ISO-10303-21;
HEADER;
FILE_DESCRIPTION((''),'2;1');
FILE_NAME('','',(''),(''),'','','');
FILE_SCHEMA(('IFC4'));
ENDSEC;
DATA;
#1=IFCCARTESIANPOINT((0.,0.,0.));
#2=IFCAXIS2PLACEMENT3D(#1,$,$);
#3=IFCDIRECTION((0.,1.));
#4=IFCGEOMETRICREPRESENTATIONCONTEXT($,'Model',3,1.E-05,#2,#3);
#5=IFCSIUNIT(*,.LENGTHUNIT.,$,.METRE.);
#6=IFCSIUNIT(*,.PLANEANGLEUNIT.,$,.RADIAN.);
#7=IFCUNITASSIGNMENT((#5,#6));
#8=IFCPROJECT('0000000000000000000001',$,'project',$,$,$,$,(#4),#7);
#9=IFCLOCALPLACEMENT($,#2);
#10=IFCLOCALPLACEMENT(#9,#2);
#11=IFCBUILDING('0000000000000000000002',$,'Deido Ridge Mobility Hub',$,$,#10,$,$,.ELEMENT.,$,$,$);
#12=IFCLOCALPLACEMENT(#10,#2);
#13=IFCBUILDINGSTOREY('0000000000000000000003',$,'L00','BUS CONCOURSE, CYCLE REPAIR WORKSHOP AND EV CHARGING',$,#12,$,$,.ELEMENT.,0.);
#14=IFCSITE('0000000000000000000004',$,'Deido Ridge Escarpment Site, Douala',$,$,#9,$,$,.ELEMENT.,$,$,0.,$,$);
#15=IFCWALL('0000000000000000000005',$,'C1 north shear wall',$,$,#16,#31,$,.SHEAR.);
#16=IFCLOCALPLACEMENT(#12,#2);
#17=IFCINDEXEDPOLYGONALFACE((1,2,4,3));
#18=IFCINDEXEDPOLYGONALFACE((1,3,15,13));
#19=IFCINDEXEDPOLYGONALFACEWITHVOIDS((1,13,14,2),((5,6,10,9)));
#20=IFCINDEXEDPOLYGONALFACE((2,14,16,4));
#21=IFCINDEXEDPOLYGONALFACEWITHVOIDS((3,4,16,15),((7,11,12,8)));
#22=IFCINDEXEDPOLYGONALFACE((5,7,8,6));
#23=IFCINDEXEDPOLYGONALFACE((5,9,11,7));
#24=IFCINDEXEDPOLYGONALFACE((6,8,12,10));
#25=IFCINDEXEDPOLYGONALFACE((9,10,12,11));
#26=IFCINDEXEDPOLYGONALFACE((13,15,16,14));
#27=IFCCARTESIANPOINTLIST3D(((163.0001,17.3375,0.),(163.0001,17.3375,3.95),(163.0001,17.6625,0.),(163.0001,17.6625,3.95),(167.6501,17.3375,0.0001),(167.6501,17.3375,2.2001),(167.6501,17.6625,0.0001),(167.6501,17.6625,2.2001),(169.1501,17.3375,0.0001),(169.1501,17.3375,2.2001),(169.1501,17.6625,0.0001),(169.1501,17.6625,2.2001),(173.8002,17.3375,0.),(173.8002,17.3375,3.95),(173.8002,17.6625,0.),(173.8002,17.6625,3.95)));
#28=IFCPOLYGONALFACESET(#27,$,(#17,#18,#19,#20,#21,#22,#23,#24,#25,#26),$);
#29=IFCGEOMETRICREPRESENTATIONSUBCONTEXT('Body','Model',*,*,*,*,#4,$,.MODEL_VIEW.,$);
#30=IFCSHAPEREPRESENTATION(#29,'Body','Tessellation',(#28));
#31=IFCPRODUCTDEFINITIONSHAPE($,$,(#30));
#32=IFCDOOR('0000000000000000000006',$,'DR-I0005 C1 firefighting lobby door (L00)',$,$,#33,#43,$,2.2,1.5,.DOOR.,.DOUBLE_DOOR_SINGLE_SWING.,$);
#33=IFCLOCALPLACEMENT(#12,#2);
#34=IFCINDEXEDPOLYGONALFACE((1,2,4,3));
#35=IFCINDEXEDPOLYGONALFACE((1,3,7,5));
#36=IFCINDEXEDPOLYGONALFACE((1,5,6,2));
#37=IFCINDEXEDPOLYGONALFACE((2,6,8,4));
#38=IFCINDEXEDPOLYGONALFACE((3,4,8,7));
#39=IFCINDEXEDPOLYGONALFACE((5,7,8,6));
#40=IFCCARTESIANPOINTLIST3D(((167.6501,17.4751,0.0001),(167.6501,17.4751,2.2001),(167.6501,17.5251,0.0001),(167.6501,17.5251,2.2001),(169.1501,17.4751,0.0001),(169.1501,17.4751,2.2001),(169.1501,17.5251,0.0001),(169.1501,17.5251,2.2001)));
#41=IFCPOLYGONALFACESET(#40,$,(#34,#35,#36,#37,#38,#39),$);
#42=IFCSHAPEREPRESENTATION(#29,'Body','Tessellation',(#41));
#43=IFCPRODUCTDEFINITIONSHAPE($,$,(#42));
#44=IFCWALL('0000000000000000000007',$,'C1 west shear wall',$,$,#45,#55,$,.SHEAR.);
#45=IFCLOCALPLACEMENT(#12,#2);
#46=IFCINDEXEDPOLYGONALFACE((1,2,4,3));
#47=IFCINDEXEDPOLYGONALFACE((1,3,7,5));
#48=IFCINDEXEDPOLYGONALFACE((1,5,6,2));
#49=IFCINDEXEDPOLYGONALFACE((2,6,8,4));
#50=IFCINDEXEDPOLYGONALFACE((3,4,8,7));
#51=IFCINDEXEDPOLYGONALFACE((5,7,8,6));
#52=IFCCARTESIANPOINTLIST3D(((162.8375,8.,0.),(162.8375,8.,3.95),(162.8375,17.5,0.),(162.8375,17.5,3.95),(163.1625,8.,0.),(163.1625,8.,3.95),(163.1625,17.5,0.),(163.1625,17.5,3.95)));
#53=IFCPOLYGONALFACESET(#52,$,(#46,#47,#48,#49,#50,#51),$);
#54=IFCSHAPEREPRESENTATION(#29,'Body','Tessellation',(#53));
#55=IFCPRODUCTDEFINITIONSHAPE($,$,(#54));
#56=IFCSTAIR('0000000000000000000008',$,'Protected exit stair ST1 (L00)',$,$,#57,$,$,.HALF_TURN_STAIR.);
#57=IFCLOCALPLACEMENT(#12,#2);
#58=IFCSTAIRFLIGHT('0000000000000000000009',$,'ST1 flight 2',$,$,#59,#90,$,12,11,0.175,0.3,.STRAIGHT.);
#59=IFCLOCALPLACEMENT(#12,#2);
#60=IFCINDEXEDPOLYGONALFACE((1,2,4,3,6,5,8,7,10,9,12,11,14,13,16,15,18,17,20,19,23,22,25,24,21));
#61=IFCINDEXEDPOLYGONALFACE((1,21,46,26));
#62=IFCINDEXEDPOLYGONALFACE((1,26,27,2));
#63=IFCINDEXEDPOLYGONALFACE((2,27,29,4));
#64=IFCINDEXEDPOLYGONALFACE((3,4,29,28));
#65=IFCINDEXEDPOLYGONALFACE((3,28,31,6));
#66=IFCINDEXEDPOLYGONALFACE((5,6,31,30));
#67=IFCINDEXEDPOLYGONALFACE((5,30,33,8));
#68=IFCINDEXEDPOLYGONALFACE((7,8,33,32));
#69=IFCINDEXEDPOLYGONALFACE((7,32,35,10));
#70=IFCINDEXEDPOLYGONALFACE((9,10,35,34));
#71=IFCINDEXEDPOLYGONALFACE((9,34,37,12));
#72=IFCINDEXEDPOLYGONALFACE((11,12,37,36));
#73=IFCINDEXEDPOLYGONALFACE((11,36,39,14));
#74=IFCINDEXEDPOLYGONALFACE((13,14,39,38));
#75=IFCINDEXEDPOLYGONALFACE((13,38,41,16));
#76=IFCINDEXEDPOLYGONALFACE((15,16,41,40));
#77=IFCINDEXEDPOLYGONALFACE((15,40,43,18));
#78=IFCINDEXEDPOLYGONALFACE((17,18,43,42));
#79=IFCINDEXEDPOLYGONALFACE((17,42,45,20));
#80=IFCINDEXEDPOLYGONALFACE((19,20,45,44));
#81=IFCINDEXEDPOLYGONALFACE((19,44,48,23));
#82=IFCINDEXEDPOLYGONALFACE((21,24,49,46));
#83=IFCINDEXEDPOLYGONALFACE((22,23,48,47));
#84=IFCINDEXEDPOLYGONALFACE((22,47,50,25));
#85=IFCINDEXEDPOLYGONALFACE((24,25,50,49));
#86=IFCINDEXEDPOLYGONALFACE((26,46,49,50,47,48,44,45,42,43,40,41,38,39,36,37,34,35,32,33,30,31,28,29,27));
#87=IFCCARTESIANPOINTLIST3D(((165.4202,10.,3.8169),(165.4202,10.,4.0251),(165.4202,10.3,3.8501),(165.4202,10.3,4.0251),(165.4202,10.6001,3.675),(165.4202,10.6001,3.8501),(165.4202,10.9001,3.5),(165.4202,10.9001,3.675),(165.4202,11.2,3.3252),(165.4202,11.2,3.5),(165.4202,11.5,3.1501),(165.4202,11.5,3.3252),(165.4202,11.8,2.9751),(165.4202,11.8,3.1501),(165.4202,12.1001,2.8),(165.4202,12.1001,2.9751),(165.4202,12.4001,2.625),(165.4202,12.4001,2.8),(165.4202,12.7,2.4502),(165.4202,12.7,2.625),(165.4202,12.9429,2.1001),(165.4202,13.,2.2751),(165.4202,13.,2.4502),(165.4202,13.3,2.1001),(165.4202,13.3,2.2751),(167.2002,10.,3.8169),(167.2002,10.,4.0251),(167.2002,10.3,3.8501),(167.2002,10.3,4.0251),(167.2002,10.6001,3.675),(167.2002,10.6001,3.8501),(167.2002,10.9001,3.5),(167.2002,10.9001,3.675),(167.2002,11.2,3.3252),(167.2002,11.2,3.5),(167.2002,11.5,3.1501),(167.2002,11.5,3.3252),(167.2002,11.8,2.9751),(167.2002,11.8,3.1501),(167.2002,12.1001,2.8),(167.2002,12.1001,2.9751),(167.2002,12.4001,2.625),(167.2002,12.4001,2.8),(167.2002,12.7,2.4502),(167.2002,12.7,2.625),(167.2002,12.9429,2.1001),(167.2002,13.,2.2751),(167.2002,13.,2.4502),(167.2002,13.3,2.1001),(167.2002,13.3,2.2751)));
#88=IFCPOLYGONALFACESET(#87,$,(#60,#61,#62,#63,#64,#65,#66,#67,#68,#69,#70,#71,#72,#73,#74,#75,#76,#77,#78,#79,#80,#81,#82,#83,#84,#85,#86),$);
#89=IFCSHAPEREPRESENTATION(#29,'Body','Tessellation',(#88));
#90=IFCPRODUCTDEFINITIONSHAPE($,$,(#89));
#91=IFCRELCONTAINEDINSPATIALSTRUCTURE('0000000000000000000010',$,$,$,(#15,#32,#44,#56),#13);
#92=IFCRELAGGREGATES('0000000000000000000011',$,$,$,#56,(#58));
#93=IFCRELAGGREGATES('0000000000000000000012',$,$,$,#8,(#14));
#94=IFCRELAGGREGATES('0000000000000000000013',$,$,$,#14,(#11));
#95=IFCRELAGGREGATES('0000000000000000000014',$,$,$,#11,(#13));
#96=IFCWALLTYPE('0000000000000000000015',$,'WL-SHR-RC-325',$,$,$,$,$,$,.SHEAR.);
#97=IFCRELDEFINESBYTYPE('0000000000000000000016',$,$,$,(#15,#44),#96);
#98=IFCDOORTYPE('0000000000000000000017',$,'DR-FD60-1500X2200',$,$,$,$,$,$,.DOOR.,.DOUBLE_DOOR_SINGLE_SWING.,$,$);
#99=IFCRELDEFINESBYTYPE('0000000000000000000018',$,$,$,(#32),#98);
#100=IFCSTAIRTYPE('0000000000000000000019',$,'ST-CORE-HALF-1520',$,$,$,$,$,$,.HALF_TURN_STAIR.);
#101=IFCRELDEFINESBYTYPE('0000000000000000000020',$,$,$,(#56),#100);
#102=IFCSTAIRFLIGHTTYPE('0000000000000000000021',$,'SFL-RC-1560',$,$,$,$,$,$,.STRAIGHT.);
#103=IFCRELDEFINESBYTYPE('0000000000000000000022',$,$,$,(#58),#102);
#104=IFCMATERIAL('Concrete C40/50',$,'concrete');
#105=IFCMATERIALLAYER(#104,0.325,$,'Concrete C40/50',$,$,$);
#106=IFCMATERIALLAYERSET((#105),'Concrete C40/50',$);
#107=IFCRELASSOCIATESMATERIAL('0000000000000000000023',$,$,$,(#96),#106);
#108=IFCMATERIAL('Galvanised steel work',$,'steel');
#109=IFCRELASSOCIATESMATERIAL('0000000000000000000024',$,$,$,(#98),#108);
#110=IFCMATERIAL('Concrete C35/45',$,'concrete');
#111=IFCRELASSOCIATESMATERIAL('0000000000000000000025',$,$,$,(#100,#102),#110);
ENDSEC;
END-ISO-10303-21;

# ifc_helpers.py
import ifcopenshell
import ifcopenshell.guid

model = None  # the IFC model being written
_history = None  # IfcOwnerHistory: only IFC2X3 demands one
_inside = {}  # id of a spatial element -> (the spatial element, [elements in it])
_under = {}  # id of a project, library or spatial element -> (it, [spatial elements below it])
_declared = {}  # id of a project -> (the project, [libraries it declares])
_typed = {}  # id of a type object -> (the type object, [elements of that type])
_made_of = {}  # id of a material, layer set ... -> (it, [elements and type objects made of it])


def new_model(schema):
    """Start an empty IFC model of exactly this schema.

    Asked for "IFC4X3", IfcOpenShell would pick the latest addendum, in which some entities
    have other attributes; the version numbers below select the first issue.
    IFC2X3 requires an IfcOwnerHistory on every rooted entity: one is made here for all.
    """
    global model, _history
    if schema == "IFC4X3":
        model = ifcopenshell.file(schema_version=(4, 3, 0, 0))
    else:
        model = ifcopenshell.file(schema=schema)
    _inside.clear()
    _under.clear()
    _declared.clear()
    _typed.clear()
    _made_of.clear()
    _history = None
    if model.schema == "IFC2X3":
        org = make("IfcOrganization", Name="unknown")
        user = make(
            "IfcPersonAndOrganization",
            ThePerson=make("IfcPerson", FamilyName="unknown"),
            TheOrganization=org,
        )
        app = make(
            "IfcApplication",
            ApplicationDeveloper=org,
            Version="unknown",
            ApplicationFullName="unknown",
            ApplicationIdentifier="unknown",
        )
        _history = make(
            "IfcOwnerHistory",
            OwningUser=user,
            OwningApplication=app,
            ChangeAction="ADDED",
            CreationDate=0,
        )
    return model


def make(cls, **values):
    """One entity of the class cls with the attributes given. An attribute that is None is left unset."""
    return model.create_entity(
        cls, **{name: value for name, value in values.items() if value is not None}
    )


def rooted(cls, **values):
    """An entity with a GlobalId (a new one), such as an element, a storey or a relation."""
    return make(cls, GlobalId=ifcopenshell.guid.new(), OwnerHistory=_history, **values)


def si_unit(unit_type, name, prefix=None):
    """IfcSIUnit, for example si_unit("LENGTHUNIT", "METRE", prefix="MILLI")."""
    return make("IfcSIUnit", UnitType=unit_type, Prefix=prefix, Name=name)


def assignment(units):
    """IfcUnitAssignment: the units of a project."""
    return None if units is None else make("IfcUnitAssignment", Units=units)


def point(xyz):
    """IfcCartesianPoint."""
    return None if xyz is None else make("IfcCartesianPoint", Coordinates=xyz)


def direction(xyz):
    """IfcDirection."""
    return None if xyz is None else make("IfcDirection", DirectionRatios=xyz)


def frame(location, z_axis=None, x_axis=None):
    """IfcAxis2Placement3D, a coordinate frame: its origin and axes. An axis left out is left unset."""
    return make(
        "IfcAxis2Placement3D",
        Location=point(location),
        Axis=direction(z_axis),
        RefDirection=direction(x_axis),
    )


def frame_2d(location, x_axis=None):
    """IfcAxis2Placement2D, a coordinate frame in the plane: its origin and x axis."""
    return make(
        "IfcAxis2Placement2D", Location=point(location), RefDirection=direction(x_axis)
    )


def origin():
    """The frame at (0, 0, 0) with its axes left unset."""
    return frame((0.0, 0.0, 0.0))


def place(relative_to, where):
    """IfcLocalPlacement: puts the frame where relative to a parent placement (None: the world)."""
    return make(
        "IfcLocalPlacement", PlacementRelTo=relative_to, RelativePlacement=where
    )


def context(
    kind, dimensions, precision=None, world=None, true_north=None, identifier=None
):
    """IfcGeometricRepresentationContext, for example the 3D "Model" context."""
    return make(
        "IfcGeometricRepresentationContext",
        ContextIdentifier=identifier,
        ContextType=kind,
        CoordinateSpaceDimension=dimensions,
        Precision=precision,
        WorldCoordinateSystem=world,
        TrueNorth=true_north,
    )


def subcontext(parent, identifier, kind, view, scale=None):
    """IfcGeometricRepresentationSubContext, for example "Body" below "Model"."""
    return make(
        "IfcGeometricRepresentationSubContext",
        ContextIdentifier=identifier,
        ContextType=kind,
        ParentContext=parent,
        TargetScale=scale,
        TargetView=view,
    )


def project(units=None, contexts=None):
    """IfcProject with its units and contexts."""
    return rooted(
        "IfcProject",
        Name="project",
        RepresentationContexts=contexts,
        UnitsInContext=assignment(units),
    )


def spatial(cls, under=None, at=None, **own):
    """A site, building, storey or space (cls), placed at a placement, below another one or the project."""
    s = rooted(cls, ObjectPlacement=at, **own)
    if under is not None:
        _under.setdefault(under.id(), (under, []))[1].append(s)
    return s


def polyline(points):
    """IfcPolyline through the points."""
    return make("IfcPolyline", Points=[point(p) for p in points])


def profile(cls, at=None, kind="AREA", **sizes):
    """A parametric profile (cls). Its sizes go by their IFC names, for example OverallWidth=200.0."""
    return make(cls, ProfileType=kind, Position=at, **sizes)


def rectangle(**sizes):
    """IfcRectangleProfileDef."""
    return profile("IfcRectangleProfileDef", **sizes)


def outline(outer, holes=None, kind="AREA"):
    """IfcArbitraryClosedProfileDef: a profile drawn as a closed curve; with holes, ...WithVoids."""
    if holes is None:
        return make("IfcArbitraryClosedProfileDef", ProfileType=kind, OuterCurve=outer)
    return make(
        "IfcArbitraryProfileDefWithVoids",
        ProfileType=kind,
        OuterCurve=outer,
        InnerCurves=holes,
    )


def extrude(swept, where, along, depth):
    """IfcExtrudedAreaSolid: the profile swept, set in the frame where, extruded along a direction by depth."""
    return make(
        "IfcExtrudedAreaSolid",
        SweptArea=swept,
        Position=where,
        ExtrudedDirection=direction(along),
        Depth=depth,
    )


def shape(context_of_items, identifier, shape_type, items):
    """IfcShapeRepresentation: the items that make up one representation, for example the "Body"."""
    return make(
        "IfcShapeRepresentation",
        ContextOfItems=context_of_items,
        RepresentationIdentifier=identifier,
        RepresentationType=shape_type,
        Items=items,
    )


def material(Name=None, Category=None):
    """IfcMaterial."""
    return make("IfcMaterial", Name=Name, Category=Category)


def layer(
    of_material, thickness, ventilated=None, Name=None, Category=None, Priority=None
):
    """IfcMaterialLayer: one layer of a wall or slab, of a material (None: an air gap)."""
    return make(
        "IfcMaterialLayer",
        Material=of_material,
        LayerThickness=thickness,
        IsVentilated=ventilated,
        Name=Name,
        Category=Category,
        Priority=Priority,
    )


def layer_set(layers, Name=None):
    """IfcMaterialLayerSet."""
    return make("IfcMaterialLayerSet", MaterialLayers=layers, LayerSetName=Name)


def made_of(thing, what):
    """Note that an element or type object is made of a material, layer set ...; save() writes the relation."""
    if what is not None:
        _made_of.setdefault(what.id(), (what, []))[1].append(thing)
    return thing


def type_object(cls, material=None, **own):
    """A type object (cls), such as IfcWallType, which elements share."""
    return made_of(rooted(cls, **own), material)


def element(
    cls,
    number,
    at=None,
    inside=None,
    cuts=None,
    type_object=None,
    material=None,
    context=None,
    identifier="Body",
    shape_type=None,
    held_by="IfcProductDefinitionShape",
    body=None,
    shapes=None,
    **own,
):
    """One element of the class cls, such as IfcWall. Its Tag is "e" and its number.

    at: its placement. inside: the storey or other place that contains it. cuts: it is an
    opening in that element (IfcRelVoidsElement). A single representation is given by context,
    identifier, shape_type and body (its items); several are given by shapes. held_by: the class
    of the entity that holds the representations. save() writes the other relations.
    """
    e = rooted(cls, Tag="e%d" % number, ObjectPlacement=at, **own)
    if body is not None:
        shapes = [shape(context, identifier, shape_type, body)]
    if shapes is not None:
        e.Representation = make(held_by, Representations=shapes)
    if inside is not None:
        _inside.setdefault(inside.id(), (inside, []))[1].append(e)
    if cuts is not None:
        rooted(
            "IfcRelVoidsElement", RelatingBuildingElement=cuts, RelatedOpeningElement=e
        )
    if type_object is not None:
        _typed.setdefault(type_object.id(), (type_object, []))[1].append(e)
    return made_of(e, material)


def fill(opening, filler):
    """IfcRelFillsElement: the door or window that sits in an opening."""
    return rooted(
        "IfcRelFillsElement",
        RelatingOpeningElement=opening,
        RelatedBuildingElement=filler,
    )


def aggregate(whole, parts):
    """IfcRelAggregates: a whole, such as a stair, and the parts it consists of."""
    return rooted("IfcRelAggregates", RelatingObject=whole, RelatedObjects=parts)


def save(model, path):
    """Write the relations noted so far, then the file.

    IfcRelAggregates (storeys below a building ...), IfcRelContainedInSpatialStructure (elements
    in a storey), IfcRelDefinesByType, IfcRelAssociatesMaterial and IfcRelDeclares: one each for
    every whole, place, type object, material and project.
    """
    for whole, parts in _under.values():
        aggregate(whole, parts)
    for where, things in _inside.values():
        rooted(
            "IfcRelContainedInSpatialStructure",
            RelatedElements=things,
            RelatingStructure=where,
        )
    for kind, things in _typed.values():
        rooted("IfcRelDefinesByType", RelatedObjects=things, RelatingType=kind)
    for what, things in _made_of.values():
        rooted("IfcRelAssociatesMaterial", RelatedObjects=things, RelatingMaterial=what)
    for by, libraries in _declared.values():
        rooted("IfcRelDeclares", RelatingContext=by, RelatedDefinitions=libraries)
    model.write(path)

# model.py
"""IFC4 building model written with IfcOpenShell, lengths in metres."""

from ifc_helpers import new_model, si_unit, direction, frame, frame_2d, origin, place, context, subcontext, project, spatial, polyline, rectangle, outline, extrude, material, layer, layer_set, type_object, element, fill, aggregate, save


model = new_model("IFC4")

# Units and contexts
model_context = context("Model", 3, precision=1e-05, world=origin(), true_north=direction((0.0, 1.0)))
body_context = subcontext(model_context, "Body", "Model", "MODEL_VIEW")
ifc_project = project(units=[si_unit("LENGTHUNIT", "METRE"), si_unit("PLANEANGLEUNIT", "RADIAN")], contexts=[model_context])

# Site, building, storey
site_placement = place(None, origin())
site = spatial("IfcSite", under=ifc_project, at=site_placement, Name="Deido Ridge Escarpment Site, Douala", CompositionType="ELEMENT", RefElevation=0.0)
building_placement = place(site_placement, origin())
building = spatial("IfcBuilding", under=site, at=building_placement, Name="Deido Ridge Mobility Hub", CompositionType="ELEMENT")
storey_placement = place(building_placement, origin())
storey = spatial("IfcBuildingStorey", under=building, at=storey_placement, Name="L00", Description="BUS CONCOURSE, CYCLE REPAIR WORKSHOP AND EV CHARGING", CompositionType="ELEMENT", Elevation=0.0)

# Shared definitions
ifc_material_1 = material(Name="Galvanised steel work", Category="steel")

# Shared definitions
ifc_material_2 = material(Name="Concrete C40/50", Category="concrete")

# Wall, opening, door
ifc_layer_1 = layer(ifc_material_2, 0.325, Name="Concrete C40/50")
ifc_layer_set_1 = layer_set([ifc_layer_1], Name="Concrete C40/50")
wall_type_1 = type_object("IfcWallType", Name="WL-SHR-RC-325", PredefinedType="SHEAR", material=ifc_layer_set_1)
wall_1_placement = place(storey_placement, frame((173.8, 17.5, 0.0), z_axis=(0.0, 0.0, 1.0), x_axis=(-1.0, 0.0, 0.0)))
wall_1 = element("IfcWall", 1, at=wall_1_placement, inside=storey, type_object=wall_type_1, Name="C1 north shear wall", PredefinedType="SHEAR", context=body_context, shape_type="SweptSolid", body=[
    extrude(rectangle(XDim=10.8, YDim=0.325, at=frame_2d((5.3999, 0.0))), origin(), (0.0, 0.0, 1.0), 3.95),
])
opening_1_placement = place(wall_1_placement, frame((4.6499, 0.0, 0.0)))
opening_1 = element("IfcOpeningElement", 2, at=opening_1_placement, cuts=wall_1, PredefinedType="OPENING", context=body_context, shape_type="SweptSolid", body=[
    extrude(rectangle(XDim=1.5, YDim=2.2, at=frame_2d((0.75, 1.1001))), frame((0.0, 0.1724, 0.0), z_axis=(0.0, -1.0, 0.0), x_axis=(1.0, 0.0, 0.0)), (0.0, 0.0, 1.0), 0.345),
])
door_type_1 = type_object("IfcDoorType", Name="DR-FD60-1500X2200", OperationType="DOUBLE_DOOR_SINGLE_SWING", PredefinedType="DOOR", material=ifc_material_1)
door_1_placement = place(opening_1_placement, origin())
door_1 = element("IfcDoor", 3, at=door_1_placement, inside=storey, type_object=door_type_1, Name="DR-I0005 C1 firefighting lobby door (L00)", OperationType="DOUBLE_DOOR_SINGLE_SWING", OverallHeight=2.2, OverallWidth=1.5, PredefinedType="DOOR", context=body_context, shape_type="SweptSolid", body=[
    extrude(rectangle(XDim=1.5, YDim=2.2, at=frame_2d((0.75, 1.1001))), frame((0.0, 0.0249, 0.0), z_axis=(0.0, -1.0, 0.0), x_axis=(1.0, 0.0, 0.0)), (0.0, 0.0, 1.0), 0.05),
])
fill(opening_1, door_1)

# Wall
wall_2_placement = place(storey_placement, frame((163.0, 17.5, 0.0), z_axis=(0.0, 0.0, 1.0), x_axis=(0.0, -1.0, 0.0)))
element("IfcWall", 4, at=wall_2_placement, inside=storey, type_object=wall_type_1, Name="C1 west shear wall", PredefinedType="SHEAR", context=body_context, shape_type="SweptSolid", body=[
    extrude(rectangle(XDim=9.5, YDim=0.325, at=frame_2d((4.75, 0.0))), origin(), (0.0, 0.0, 1.0), 3.95),
])

# Stair, stair flight
ifc_material_3 = material(Name="Concrete C35/45", Category="concrete")
stair_type = type_object("IfcStairType", Name="ST-CORE-HALF-1520", PredefinedType="HALF_TURN_STAIR", material=ifc_material_3)
stair_placement = place(storey_placement, origin())
stair = element("IfcStair", 5, at=stair_placement, inside=storey, type_object=stair_type, Name="Protected exit stair ST1 (L00)", PredefinedType="HALF_TURN_STAIR")
stair_flight_type = type_object("IfcStairFlightType", Name="SFL-RC-1560", PredefinedType="STRAIGHT", material=ifc_material_3)
stair_flight_placement = place(storey_placement, frame((166.3101, 13.3, 2.1001), z_axis=(0.0, 0.0, 1.0), x_axis=(0.0, -1.0, 0.0)))
stair_flight = element("IfcStairFlight", 6, at=stair_flight_placement, type_object=stair_flight_type, Name="ST1 flight 2", NumberOfRisers=12, NumberOfTreads=11, PredefinedType="STRAIGHT", RiserHeight=0.175, TreadLength=0.3, context=body_context, shape_type="SweptSolid", body=[
    extrude(outline(polyline([(0.0, 0.0), (0.0, 0.175), (0.3, 0.175), (0.3, 0.3501), (0.6001, 0.3501), (0.6001, 0.5249), (0.8999, 0.5249), (0.8999, 0.7), (1.2, 0.7), (1.2, 0.875), (1.5, 0.875), (1.5, 1.05), (1.8, 1.05), (1.8, 1.2251), (2.1001, 1.2251), (2.1001, 1.3999), (2.3999, 1.3999), (2.3999, 1.575), (2.7, 1.575), (2.7, 1.75), (3.0, 1.75), (3.0, 1.925), (3.3, 1.925), (3.3, 2.1001), (3.3, 1.7168), (0.3572, 0.0), (0.0, 0.0)])), frame((0.0, 0.8901, 0.0), z_axis=(0.0, -1.0, 0.0), x_axis=(1.0, 0.0, 0.0)), (0.0, 0.0, 1.0), 1.78),
])
aggregate(stair, [stair_flight])

save(model, "model.ifc")
